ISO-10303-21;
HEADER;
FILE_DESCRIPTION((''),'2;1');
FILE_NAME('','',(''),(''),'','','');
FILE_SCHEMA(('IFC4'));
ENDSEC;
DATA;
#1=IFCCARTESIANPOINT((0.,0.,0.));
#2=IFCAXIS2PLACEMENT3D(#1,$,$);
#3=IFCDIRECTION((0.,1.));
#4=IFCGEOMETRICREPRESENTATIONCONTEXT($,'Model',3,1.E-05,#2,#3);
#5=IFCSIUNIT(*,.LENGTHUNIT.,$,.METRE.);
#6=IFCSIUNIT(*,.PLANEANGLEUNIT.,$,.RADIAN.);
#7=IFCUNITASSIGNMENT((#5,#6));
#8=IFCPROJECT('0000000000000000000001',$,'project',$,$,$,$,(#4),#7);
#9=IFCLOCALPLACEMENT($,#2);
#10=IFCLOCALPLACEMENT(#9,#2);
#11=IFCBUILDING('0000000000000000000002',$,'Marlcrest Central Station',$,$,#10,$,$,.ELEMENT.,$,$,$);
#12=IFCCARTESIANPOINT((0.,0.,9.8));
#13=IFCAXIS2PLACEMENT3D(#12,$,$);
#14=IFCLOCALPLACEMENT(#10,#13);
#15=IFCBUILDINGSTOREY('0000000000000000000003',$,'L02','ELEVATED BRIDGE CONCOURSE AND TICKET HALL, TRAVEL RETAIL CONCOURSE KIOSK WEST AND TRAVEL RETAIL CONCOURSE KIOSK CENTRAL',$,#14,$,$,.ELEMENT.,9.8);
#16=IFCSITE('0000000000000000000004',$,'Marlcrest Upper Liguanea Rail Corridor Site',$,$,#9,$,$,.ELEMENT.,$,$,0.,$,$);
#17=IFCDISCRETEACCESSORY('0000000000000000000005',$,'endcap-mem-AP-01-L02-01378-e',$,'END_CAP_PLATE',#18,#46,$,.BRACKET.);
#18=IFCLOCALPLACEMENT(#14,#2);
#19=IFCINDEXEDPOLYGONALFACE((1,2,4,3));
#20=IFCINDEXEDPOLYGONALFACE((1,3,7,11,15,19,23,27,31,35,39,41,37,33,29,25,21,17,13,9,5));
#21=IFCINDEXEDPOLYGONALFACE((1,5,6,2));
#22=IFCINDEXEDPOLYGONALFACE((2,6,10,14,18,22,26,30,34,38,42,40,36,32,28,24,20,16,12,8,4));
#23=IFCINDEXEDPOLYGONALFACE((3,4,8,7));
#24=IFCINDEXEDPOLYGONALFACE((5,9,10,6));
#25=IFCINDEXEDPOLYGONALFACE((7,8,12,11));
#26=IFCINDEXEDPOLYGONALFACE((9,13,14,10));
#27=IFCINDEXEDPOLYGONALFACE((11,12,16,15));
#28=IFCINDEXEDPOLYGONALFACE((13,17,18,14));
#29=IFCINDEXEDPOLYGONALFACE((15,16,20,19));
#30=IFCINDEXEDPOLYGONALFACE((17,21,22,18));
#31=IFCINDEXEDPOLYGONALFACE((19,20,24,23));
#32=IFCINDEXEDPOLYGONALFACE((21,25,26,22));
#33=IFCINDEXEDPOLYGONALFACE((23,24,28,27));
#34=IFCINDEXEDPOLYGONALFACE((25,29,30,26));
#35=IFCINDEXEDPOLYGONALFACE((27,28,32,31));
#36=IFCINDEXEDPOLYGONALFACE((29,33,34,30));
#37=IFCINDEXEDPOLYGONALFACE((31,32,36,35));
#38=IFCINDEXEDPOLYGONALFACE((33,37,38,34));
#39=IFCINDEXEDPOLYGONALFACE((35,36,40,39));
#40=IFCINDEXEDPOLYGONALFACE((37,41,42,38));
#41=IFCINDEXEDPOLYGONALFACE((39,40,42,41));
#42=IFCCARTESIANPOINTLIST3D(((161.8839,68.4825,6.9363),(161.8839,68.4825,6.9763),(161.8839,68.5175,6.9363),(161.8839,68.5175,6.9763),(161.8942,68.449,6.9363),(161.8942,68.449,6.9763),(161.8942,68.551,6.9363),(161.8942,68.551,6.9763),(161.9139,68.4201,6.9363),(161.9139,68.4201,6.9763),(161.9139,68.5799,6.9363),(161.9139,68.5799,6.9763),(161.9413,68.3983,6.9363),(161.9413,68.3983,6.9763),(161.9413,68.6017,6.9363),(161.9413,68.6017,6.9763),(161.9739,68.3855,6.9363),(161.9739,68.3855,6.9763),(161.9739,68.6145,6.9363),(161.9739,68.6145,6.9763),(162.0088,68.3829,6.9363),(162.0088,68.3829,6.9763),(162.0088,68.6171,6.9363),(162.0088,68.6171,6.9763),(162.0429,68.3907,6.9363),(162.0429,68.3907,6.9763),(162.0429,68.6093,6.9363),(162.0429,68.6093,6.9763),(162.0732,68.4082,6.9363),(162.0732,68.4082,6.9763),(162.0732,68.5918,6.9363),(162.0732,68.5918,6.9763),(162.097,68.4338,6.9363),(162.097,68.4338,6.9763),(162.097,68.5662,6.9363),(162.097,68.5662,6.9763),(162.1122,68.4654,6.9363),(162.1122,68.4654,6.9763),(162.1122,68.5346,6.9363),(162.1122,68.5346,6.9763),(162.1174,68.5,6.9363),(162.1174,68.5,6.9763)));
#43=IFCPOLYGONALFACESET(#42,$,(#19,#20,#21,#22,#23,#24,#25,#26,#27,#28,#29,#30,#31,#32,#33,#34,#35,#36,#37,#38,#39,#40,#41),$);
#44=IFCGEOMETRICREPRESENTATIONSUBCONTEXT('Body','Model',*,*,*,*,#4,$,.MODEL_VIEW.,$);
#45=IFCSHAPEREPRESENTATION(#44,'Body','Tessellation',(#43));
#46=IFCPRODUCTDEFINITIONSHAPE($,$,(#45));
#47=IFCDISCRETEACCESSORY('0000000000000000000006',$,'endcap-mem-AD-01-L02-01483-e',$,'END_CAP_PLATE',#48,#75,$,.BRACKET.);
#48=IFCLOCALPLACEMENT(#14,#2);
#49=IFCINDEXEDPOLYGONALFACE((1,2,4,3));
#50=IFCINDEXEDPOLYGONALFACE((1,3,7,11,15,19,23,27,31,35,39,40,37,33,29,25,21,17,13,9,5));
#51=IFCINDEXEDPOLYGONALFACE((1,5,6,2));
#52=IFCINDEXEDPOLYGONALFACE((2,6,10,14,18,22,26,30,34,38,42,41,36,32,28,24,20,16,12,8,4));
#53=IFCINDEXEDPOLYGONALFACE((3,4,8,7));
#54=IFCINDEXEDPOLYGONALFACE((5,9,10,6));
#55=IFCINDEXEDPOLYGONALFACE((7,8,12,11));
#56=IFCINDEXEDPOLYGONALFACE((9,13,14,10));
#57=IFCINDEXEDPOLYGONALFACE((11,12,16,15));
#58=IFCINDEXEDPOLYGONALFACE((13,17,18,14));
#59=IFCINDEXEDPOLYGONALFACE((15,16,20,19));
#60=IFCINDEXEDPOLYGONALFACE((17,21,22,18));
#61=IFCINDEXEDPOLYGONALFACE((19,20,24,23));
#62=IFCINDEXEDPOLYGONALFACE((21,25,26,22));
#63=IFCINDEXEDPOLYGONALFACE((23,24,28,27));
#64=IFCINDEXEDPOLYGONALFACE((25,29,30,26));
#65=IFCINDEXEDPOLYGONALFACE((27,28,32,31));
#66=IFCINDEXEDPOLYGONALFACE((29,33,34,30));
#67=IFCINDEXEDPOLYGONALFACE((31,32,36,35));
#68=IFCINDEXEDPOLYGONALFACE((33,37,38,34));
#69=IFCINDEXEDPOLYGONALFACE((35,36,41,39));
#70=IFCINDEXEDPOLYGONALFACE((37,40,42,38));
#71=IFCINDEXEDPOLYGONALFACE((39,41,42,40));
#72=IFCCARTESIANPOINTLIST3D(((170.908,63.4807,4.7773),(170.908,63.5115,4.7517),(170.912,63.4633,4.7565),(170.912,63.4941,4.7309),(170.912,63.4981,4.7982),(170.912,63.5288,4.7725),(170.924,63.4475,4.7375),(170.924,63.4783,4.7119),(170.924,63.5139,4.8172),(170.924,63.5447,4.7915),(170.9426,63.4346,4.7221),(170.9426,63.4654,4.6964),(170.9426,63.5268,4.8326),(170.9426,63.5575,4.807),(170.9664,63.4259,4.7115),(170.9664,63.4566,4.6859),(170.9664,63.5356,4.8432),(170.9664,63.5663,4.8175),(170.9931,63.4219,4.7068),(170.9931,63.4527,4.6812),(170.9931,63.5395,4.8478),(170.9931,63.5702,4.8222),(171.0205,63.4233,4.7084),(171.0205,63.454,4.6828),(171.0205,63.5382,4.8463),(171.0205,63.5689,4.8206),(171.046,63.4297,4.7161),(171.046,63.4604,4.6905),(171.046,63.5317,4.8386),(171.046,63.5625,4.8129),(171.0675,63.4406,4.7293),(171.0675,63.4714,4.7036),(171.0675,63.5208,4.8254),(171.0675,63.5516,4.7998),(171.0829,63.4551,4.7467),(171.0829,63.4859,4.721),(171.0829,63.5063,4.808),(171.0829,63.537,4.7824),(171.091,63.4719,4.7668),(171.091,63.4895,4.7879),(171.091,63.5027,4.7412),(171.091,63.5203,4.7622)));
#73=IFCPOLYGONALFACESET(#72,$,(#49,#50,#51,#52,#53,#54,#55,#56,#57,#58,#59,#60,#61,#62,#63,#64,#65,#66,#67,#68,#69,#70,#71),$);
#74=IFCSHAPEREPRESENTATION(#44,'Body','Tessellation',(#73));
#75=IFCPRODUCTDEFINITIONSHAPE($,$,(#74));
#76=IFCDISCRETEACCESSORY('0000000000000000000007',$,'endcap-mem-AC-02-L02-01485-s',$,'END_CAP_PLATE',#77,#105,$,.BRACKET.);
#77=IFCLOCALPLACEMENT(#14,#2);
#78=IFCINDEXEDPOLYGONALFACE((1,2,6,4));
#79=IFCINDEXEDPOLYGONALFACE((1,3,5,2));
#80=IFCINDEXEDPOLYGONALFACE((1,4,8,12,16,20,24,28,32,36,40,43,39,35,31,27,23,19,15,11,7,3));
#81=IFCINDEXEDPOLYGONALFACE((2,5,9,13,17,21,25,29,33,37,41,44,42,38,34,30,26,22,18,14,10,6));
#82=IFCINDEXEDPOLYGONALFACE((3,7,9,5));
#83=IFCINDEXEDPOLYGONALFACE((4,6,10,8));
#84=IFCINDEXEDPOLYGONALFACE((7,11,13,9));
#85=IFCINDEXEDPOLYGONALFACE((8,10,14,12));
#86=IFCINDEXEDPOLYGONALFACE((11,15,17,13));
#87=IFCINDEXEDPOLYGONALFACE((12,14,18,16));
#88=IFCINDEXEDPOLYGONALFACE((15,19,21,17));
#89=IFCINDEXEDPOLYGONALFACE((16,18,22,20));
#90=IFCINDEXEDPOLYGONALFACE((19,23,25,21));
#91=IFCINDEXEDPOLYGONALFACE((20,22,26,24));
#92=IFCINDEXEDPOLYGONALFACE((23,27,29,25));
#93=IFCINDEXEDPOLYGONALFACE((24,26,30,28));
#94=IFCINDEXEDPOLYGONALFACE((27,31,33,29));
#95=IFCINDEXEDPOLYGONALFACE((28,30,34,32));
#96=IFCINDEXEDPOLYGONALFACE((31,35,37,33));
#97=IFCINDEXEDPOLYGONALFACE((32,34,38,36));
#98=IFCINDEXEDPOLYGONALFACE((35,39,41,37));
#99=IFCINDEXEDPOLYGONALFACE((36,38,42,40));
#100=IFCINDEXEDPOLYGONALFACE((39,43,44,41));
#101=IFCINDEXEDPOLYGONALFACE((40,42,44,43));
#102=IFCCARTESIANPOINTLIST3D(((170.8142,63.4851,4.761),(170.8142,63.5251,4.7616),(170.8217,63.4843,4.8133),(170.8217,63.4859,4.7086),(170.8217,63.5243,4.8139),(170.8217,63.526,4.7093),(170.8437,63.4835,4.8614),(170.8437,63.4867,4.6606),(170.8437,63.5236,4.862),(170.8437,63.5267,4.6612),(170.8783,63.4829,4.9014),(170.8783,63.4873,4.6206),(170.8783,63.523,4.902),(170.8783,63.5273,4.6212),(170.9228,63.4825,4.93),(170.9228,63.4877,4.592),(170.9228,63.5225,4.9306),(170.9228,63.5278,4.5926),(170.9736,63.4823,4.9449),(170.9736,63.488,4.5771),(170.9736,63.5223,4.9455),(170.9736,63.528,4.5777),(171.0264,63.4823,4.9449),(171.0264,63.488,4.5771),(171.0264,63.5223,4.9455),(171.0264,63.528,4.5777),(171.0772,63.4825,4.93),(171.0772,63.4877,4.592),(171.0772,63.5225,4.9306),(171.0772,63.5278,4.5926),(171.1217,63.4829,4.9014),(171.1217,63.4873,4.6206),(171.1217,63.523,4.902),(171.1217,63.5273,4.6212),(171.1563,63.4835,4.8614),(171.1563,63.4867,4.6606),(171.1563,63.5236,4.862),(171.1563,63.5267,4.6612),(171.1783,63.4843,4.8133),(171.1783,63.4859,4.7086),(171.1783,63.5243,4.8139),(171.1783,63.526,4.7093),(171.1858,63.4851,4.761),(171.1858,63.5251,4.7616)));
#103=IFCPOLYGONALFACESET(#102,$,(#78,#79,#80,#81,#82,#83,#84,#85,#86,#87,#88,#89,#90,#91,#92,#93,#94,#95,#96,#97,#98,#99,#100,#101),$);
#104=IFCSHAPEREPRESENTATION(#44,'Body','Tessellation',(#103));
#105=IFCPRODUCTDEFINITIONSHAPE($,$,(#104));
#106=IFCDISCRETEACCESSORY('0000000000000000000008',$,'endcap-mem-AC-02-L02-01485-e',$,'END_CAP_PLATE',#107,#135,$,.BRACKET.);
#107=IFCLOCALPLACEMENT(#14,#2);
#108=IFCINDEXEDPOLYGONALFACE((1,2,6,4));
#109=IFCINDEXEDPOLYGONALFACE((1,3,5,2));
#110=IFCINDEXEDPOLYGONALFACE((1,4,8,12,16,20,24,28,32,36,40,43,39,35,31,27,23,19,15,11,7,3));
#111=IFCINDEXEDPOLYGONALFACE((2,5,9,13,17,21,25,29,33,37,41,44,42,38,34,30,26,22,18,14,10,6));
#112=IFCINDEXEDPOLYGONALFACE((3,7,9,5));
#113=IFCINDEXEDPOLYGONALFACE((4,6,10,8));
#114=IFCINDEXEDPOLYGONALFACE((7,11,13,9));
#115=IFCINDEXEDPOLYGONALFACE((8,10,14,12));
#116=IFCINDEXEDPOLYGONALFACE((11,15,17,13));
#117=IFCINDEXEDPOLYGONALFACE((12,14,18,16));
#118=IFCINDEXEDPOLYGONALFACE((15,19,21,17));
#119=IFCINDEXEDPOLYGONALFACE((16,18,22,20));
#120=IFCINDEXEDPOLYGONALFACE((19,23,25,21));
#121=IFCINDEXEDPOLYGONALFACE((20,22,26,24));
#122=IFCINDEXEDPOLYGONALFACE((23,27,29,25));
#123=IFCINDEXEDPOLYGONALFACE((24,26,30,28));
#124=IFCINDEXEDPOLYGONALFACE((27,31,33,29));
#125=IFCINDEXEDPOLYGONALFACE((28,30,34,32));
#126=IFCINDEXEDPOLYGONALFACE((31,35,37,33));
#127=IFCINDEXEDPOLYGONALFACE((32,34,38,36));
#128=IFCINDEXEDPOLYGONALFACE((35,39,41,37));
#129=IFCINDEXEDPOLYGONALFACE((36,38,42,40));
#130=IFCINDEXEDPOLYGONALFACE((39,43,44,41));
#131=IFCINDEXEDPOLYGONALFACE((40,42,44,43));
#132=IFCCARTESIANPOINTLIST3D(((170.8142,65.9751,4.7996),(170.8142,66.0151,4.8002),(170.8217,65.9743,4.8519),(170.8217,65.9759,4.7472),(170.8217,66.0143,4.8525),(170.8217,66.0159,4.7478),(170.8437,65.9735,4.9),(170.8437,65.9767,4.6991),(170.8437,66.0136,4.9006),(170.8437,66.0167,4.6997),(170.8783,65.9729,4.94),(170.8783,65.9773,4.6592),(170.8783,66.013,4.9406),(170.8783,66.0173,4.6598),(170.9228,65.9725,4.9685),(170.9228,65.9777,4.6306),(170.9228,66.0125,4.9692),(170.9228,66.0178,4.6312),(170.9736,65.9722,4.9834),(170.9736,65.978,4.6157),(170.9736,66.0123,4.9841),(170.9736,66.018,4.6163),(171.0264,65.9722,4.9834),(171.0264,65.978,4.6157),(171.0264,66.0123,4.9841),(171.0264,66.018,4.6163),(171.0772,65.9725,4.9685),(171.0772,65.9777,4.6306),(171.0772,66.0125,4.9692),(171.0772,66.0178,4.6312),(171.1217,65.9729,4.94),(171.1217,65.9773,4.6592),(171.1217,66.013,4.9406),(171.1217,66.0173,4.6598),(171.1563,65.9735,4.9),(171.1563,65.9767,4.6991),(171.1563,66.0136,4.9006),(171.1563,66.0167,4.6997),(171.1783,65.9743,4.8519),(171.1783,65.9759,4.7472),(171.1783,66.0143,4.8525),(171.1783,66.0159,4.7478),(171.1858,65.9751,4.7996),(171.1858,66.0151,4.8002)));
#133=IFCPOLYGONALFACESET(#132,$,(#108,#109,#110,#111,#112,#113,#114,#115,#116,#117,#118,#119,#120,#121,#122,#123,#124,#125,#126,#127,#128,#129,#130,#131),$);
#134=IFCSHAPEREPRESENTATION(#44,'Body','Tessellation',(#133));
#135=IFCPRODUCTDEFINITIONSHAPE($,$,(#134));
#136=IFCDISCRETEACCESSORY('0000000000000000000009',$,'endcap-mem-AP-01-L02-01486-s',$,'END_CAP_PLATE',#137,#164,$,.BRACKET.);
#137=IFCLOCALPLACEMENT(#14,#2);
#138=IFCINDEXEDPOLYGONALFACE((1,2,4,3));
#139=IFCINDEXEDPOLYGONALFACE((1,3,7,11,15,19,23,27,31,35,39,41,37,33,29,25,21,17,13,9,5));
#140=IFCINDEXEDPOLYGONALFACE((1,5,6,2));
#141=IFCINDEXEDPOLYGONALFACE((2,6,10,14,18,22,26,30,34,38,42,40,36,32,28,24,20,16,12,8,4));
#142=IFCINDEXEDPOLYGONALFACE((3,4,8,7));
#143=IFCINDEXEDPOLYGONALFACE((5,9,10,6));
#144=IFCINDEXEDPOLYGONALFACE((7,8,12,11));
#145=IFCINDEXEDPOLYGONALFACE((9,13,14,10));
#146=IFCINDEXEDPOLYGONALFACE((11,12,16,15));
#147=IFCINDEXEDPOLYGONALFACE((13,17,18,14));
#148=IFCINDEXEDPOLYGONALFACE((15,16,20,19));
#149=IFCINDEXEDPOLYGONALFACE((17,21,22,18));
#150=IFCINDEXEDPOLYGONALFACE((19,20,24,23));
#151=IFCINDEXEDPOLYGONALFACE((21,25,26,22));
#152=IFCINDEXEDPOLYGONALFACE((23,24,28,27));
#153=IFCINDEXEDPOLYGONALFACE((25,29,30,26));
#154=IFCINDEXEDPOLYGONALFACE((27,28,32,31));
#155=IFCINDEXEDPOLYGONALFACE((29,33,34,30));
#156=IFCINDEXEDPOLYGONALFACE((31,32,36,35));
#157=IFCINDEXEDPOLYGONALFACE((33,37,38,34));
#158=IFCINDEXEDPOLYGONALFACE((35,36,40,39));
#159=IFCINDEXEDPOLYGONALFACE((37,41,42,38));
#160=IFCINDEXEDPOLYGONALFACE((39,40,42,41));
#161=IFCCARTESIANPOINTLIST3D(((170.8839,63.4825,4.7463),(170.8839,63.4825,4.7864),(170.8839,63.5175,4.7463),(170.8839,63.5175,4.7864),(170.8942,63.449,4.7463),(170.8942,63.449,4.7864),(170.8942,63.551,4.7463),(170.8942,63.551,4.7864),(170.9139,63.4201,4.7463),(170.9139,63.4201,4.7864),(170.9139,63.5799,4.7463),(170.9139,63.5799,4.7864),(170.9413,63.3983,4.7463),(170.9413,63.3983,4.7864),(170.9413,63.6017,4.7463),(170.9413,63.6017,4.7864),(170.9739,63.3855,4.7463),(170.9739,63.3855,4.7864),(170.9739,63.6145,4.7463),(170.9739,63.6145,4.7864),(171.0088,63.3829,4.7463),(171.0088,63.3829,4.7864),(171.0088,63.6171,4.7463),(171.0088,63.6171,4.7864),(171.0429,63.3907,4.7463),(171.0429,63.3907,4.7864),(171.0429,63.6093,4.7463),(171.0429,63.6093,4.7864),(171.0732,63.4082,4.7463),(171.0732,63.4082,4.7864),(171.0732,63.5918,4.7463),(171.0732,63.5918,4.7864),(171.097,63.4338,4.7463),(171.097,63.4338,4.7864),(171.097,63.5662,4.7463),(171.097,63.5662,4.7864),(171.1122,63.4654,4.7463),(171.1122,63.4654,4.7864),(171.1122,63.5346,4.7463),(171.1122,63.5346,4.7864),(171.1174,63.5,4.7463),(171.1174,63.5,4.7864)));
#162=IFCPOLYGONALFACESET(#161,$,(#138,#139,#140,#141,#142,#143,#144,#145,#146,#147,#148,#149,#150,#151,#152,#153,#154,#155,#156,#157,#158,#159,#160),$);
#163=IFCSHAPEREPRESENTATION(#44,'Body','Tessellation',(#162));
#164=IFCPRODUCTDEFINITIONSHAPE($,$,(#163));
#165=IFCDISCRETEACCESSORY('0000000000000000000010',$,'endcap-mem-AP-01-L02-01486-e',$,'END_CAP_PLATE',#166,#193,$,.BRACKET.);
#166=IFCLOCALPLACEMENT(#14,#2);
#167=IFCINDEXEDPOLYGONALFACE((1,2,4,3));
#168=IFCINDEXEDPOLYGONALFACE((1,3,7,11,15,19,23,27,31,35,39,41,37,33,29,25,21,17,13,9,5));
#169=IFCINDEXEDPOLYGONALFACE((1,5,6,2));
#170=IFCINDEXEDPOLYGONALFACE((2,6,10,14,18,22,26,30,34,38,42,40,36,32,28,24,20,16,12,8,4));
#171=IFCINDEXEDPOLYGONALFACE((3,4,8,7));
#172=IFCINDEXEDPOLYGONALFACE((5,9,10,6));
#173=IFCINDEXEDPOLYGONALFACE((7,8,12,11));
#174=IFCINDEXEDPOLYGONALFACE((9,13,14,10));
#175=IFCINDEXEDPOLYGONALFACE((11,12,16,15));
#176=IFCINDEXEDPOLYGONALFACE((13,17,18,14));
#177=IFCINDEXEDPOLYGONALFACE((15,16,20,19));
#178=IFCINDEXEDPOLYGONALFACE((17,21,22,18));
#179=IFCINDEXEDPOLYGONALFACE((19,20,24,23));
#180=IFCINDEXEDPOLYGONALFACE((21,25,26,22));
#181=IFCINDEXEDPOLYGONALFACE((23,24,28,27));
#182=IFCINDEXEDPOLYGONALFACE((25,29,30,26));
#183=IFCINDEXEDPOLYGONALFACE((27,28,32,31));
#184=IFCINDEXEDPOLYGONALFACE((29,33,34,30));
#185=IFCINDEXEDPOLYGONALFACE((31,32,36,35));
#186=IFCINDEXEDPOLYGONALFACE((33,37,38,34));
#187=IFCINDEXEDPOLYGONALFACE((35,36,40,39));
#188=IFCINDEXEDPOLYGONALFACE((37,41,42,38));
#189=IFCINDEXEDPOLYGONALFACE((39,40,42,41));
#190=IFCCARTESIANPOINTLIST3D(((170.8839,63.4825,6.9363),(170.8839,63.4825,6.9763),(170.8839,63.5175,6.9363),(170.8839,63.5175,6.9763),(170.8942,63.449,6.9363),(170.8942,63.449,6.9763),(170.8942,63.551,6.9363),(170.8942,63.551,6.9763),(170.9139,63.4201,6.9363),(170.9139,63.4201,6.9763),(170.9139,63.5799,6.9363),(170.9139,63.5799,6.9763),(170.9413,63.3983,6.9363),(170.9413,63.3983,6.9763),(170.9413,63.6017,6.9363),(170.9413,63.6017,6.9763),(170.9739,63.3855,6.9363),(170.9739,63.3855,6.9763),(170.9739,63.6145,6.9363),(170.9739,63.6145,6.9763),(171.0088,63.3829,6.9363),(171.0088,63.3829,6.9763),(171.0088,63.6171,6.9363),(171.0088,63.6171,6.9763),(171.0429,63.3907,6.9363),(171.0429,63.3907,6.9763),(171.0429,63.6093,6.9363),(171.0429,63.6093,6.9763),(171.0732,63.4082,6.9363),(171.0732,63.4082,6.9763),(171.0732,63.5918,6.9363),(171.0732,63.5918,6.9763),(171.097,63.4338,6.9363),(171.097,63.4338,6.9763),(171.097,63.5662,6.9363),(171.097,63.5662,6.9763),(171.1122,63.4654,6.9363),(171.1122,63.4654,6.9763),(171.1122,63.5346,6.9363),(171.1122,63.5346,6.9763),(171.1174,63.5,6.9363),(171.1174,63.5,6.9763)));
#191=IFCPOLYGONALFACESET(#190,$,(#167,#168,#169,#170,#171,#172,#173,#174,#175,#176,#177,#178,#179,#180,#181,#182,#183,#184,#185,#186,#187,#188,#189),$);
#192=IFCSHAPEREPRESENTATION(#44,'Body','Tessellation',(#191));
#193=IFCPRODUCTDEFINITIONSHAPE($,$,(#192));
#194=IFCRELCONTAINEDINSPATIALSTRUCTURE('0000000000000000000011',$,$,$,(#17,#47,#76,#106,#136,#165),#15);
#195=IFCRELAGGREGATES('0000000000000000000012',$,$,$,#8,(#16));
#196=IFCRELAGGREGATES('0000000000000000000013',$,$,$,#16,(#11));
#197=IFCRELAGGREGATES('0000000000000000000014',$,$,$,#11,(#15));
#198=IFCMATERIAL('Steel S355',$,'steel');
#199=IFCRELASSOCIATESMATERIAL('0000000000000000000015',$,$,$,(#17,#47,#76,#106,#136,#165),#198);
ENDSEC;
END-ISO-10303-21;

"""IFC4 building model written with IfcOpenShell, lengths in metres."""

from ifc_helpers import new_model, si_unit, direction, frame, origin, origin_2d, place, context, subcontext, project, spatial, circle, extrude, material, element, save


model = new_model("IFC4")

# Units and contexts
model_context = context("Model", 3, precision=1e-05, world=origin(), true_north=direction((0.0, 1.0)))
body_context = subcontext(model_context, "Body", "Model", "MODEL_VIEW")
ifc_project = project(units=[si_unit("LENGTHUNIT", "METRE"), si_unit("PLANEANGLEUNIT", "RADIAN")], contexts=[model_context])

# Site, building, storey
site_placement = place(None, origin())
site = spatial("IfcSite", under=ifc_project, at=site_placement, Name="Marlcrest Upper Liguanea Rail Corridor Site", CompositionType="ELEMENT", RefElevation=0.0)
building_placement = place(site_placement, origin())
building = spatial("IfcBuilding", under=site, at=building_placement, Name="Marlcrest Central Station", CompositionType="ELEMENT")
storey_placement = place(building_placement, frame((0.0, 0.0, 9.8)))
storey = spatial("IfcBuildingStorey", under=building, at=storey_placement, Name="L02", Description="ELEVATED BRIDGE CONCOURSE AND TICKET HALL, TRAVEL RETAIL CONCOURSE KIOSK WEST AND TRAVEL RETAIL CONCOURSE KIOSK CENTRAL", CompositionType="ELEMENT", Elevation=9.8)

# Shared definitions
ifc_material = material(Name="Steel S355", Category="steel")

# Discrete accessories
for number, where, z_axis, x_axis, name in (
    (1, (162.0, 68.5, 6.9363), (0.0, 0.0, 1.0), (1.0, 0.0, 0.0), "endcap-mem-AP-01-L02-01378-e"),
):
    element("IfcDiscreteAccessory", number, at=place(storey_placement, frame(where, z_axis=z_axis, x_axis=x_axis)), inside=storey, material=ifc_material, Name=name, ObjectType="END_CAP_PLATE", PredefinedType="BRACKET", context=body_context, shape_type="SweptSolid", body=[
        extrude(circle(Radius=0.1174, at=origin_2d()), origin(), (0.0, 0.0, 1.0), 0.04),
    ])
discrete_accessory_1_placement = place(storey_placement, frame((171.0, 63.4807, 4.7773), z_axis=(0.0, 0.76816, -0.640258), x_axis=(-1.0, 0.0, 0.0)))
element("IfcDiscreteAccessory", 2, at=discrete_accessory_1_placement, inside=storey, material=ifc_material, Name="endcap-mem-AD-01-L02-01483-e", ObjectType="END_CAP_PLATE", PredefinedType="BRACKET", context=body_context, shape_type="SweptSolid", body=[
    extrude(circle(Radius=0.092, at=origin_2d()), origin(), (0.0, 0.0, 1.0), 0.04),
])
for number, where, z_axis, x_axis, name in (
    (3, (171.0, 63.4851, 4.761), (0.0, 0.999879, 0.015525), (-1.0, 0.0, 0.0), "endcap-mem-AC-02-L02-01485-s"),
    (4, (171.0, 65.9751, 4.7996), (0.0, 0.999879, 0.015525), (-1.0, 0.0, 0.0), "endcap-mem-AC-02-L02-01485-e"),
):
    element("IfcDiscreteAccessory", number, at=place(storey_placement, frame(where, z_axis=z_axis, x_axis=x_axis)), inside=storey, material=ifc_material, Name=name, ObjectType="END_CAP_PLATE", PredefinedType="BRACKET", context=body_context, shape_type="SweptSolid", body=[
        extrude(circle(Radius=0.1858, at=origin_2d()), origin(), (0.0, 0.0, 1.0), 0.04),
    ])
for number, where, z_axis, x_axis, name in (
    (5, (171.0, 63.5, 4.7463), (0.0, 0.0, 1.0), (1.0, 0.0, 0.0), "endcap-mem-AP-01-L02-01486-s"),
    (6, (171.0, 63.5, 6.9363), (0.0, 0.0, 1.0), (1.0, 0.0, 0.0), "endcap-mem-AP-01-L02-01486-e"),
):
    element("IfcDiscreteAccessory", number, at=place(storey_placement, frame(where, z_axis=z_axis, x_axis=x_axis)), inside=storey, material=ifc_material, Name=name, ObjectType="END_CAP_PLATE", PredefinedType="BRACKET", context=body_context, shape_type="SweptSolid", body=[
        extrude(circle(Radius=0.1174, at=origin_2d()), origin(), (0.0, 0.0, 1.0), 0.04),
    ])

save(model, "model.ifc")
